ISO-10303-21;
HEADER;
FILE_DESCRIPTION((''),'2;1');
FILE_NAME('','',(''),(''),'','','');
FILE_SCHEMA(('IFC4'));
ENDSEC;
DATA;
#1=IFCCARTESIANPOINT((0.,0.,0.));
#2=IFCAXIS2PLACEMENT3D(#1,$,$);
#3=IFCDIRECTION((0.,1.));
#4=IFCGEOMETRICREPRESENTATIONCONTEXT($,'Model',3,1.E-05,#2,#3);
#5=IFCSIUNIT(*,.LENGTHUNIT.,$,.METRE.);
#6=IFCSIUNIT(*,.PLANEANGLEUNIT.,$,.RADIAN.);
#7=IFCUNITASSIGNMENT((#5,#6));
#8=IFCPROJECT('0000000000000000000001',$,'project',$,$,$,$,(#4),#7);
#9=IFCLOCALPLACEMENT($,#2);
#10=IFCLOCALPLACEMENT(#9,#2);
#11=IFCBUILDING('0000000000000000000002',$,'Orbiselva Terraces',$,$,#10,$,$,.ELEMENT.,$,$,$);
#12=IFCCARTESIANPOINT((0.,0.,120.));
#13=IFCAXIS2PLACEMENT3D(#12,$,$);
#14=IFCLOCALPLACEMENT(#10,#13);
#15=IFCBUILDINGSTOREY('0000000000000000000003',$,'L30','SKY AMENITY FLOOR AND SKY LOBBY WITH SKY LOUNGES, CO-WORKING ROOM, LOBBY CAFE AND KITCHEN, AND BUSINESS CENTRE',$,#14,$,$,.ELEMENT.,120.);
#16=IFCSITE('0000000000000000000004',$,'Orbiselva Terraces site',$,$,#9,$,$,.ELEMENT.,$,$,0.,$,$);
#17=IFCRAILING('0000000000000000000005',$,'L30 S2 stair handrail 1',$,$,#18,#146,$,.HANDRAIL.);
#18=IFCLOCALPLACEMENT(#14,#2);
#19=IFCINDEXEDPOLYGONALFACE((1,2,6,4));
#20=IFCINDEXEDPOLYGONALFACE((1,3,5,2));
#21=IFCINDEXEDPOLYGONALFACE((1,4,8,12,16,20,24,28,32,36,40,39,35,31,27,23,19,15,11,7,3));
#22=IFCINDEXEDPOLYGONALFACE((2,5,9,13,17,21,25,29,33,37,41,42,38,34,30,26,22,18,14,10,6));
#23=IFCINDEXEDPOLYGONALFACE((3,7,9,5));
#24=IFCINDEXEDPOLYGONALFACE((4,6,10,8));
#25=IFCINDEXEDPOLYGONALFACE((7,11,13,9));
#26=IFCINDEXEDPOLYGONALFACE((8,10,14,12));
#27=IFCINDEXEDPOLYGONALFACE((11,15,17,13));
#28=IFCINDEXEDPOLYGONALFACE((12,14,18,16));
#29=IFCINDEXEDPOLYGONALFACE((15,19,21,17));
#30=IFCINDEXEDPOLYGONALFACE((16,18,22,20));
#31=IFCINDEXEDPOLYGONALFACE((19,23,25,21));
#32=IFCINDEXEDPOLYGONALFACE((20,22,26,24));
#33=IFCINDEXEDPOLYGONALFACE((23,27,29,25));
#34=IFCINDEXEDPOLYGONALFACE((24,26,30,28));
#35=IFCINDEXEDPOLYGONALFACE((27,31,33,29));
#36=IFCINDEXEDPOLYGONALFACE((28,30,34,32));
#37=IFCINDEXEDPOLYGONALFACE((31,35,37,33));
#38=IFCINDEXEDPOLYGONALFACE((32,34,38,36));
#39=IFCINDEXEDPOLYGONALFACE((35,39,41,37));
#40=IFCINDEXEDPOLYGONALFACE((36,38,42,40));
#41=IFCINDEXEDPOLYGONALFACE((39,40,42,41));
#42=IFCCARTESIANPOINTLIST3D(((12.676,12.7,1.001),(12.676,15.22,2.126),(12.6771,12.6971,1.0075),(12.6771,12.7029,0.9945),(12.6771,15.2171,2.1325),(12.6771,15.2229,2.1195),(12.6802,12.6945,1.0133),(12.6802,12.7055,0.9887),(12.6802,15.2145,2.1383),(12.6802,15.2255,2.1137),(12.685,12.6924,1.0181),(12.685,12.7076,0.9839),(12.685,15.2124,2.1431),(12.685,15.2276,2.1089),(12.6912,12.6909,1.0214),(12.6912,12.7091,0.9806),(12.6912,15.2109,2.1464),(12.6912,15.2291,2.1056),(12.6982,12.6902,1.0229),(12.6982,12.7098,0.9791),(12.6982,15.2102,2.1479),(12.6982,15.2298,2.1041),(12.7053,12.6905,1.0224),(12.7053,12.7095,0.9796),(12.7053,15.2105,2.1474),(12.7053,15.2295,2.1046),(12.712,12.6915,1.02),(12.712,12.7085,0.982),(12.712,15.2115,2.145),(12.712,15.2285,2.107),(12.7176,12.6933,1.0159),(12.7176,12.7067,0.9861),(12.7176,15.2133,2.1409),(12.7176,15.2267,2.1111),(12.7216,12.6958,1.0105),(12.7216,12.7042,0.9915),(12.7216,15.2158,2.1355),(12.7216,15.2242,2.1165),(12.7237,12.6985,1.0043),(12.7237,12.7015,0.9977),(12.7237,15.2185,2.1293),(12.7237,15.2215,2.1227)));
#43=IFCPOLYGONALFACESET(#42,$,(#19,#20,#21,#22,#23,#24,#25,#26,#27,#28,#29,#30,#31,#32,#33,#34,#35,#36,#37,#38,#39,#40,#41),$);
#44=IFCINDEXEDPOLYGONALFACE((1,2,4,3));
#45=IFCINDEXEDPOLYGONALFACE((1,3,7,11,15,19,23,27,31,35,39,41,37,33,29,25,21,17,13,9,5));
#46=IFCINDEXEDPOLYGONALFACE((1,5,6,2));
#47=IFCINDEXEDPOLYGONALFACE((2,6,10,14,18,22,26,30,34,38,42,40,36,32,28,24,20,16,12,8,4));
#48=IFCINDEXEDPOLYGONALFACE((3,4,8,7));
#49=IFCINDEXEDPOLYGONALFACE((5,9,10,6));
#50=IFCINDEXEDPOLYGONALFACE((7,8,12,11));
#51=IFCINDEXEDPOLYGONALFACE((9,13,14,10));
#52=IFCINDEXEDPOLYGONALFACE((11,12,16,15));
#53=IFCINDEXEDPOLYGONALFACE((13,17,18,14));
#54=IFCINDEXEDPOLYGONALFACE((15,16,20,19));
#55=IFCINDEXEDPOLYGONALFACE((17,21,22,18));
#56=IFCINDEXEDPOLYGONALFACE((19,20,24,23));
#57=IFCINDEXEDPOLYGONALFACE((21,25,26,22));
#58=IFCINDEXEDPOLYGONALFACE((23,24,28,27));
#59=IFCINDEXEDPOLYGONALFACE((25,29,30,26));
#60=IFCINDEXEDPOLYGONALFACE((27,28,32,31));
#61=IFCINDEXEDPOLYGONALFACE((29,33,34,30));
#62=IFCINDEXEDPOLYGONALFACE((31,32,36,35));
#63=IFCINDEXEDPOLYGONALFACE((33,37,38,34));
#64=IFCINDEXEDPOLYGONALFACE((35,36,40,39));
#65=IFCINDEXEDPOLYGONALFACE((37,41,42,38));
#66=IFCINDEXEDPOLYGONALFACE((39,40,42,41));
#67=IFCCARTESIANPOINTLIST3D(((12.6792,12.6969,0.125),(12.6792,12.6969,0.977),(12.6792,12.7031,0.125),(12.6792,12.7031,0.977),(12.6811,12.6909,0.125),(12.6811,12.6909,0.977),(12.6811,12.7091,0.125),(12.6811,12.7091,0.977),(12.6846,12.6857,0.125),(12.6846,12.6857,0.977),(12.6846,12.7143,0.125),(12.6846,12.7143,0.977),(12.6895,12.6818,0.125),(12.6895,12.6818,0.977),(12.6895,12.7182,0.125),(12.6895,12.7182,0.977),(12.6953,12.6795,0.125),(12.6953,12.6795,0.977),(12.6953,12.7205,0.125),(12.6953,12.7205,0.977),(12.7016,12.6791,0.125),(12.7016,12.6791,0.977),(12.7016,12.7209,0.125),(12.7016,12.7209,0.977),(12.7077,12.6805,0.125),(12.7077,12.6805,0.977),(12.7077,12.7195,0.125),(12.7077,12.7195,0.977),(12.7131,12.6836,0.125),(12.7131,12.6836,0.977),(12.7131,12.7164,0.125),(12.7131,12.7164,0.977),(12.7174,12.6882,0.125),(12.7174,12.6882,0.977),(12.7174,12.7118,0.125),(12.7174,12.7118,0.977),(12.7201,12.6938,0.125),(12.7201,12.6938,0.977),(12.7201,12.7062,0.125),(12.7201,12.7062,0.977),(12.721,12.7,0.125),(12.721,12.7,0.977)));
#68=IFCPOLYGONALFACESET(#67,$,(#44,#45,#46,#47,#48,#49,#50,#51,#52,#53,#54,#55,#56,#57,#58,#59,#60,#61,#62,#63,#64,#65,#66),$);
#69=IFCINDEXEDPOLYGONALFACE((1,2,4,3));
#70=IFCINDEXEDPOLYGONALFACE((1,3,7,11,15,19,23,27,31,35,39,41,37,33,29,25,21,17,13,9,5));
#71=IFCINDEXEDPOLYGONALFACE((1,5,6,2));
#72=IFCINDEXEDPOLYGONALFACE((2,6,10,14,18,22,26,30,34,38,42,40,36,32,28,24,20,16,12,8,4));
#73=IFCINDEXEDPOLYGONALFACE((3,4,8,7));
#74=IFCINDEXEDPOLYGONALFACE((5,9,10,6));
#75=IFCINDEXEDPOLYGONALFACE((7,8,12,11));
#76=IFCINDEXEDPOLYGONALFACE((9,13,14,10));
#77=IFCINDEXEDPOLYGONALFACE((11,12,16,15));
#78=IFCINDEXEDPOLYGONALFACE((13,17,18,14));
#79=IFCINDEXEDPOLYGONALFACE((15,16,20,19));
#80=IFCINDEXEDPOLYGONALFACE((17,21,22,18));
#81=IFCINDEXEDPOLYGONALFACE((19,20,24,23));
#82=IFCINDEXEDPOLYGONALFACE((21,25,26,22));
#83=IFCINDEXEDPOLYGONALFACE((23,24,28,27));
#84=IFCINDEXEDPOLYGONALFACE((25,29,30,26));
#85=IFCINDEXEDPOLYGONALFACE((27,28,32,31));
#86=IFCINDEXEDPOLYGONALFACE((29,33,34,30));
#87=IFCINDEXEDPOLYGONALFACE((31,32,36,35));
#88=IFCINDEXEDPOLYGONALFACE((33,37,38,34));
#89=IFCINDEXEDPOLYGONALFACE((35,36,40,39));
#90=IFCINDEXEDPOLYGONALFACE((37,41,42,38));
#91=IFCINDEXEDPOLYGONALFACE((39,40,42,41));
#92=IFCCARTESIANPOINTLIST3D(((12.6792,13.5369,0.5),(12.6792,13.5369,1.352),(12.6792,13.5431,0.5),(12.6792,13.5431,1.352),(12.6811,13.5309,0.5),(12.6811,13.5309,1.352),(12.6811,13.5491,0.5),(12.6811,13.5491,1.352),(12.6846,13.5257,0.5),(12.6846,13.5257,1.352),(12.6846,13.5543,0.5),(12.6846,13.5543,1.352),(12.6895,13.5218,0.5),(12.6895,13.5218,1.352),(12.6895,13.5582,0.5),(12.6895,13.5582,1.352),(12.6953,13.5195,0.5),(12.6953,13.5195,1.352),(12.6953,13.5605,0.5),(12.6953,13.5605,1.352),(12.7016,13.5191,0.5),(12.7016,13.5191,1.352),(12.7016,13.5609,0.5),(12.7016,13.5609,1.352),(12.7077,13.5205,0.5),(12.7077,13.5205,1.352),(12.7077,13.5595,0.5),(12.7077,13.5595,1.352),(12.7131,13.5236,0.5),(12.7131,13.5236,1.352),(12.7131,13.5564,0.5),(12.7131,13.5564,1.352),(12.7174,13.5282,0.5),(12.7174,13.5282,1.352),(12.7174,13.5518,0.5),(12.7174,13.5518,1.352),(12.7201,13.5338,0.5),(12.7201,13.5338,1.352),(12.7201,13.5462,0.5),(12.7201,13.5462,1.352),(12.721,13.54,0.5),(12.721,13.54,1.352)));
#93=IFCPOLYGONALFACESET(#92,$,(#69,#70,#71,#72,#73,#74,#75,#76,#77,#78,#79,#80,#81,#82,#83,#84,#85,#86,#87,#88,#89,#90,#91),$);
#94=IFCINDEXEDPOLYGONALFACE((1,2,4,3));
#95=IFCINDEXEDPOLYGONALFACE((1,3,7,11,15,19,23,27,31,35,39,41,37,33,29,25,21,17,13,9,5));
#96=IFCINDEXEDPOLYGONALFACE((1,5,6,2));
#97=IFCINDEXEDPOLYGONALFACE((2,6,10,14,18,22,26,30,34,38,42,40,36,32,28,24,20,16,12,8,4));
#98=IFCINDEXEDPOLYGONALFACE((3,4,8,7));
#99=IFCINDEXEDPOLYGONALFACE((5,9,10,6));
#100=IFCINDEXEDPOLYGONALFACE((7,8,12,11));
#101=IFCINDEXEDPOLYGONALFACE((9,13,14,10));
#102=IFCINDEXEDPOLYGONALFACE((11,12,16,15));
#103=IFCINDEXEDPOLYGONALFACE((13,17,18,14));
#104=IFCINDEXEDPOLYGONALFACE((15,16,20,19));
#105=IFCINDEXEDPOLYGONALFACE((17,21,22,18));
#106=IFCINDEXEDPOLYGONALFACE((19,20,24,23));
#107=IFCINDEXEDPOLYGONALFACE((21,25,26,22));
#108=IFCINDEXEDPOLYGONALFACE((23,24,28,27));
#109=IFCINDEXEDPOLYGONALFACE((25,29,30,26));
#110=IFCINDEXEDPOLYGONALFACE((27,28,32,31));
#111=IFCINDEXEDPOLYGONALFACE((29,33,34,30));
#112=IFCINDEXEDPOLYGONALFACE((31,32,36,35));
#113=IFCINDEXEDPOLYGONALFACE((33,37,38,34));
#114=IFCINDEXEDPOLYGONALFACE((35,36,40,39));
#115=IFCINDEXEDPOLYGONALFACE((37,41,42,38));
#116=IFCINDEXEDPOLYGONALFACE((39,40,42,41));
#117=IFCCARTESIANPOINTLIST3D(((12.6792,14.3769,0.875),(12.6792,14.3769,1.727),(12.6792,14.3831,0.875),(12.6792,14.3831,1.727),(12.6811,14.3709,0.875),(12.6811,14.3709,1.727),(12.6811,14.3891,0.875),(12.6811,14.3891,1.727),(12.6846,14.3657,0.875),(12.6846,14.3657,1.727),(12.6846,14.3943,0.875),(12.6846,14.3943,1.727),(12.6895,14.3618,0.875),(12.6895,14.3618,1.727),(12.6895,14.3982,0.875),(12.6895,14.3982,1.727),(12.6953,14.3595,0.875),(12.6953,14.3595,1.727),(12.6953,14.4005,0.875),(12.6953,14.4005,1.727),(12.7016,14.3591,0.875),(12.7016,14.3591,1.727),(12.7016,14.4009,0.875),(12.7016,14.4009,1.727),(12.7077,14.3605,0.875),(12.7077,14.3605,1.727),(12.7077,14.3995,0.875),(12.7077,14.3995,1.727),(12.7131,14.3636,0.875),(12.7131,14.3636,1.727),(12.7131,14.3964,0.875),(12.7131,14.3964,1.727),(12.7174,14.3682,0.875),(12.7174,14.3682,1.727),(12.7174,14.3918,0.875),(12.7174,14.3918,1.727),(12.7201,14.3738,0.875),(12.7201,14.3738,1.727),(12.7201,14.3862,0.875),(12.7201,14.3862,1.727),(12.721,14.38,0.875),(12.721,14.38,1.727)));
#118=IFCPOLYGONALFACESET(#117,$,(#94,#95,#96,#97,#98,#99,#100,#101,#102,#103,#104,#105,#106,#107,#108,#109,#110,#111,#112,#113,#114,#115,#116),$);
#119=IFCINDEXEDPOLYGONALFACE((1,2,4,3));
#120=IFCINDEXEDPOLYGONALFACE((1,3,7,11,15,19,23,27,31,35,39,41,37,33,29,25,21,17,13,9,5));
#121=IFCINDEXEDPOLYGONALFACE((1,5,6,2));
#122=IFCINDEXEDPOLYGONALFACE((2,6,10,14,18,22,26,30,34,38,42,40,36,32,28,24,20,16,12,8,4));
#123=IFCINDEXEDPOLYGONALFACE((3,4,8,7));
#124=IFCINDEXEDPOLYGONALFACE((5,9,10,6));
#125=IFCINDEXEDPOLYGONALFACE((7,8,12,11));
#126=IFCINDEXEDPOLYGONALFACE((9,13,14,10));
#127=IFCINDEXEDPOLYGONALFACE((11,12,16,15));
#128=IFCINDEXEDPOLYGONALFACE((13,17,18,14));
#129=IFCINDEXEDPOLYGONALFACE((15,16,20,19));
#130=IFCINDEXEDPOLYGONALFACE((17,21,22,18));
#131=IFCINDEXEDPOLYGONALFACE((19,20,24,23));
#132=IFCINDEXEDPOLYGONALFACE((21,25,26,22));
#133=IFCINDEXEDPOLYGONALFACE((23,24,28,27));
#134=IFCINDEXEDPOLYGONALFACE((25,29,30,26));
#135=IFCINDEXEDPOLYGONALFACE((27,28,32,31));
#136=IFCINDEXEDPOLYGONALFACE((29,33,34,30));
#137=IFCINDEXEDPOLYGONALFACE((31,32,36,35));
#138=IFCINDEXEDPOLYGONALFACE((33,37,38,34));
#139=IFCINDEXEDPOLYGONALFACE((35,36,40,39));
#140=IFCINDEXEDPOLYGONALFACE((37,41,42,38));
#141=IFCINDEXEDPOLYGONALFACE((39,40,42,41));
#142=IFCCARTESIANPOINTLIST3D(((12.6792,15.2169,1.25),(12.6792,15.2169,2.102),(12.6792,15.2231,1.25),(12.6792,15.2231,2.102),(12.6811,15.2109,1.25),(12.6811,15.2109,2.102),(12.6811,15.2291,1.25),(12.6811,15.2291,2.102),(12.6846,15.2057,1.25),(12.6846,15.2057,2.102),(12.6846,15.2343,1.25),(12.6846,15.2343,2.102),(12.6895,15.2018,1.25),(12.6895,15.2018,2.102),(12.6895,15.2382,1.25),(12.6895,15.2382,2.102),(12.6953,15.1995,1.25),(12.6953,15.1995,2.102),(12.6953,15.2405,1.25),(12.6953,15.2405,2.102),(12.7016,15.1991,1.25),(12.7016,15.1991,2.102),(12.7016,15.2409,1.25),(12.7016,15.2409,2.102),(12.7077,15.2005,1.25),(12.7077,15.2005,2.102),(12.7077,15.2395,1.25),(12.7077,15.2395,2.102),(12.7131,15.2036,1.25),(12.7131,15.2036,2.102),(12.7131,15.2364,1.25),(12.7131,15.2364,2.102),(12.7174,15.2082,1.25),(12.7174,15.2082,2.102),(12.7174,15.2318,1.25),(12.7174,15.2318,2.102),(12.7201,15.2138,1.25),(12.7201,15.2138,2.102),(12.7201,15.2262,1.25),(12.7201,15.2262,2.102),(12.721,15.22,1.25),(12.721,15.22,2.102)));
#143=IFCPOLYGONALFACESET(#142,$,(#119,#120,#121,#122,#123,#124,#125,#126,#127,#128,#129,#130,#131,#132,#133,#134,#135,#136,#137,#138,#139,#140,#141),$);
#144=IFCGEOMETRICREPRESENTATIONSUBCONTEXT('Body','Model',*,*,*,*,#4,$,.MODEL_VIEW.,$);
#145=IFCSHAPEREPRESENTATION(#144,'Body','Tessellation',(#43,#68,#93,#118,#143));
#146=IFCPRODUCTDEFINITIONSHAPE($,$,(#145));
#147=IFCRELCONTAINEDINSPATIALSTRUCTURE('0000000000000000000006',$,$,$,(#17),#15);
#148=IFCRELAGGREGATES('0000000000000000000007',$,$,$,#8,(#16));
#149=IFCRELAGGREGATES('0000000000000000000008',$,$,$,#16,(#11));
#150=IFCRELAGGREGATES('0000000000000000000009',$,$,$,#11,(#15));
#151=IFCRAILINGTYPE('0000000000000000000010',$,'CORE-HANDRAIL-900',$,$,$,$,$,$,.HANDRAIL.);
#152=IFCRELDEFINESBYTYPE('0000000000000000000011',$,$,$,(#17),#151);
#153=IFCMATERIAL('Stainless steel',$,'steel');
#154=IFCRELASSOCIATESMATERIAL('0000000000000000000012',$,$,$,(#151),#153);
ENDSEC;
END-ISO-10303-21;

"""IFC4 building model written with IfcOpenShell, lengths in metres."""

from ifc_helpers import new_model, si_unit, direction, frame, origin, origin_2d, place, context, subcontext, project, spatial, circle, extrude, material, type_object, element, save


model = new_model("IFC4")

# Units and contexts
model_context = context("Model", 3, precision=1e-05, world=origin(), true_north=direction((0.0, 1.0)))
body_context = subcontext(model_context, "Body", "Model", "MODEL_VIEW")
ifc_project = project(units=[si_unit("LENGTHUNIT", "METRE"), si_unit("PLANEANGLEUNIT", "RADIAN")], contexts=[model_context])

# Site, building, storey
site_placement = place(None, origin())
site = spatial("IfcSite", under=ifc_project, at=site_placement, Name="Orbiselva Terraces site", CompositionType="ELEMENT", RefElevation=0.0)
building_placement = place(site_placement, origin())
building = spatial("IfcBuilding", under=site, at=building_placement, Name="Orbiselva Terraces", CompositionType="ELEMENT")
storey_placement = place(building_placement, frame((0.0, 0.0, 120.0)))
storey = spatial("IfcBuildingStorey", under=building, at=storey_placement, Name="L30", Description="SKY AMENITY FLOOR AND SKY LOBBY WITH SKY LOUNGES, CO-WORKING ROOM, LOBBY CAFE AND KITCHEN, AND BUSINESS CENTRE", CompositionType="ELEMENT", Elevation=120.0)

# Railing
ifc_material_1 = material(Name="Stainless steel", Category="steel")
railing_type = type_object("IfcRailingType", Name="CORE-HANDRAIL-900", PredefinedType="HANDRAIL", material=ifc_material_1)
railing_placement = place(storey_placement, frame((12.7, 12.7, 0.125)))
element("IfcRailing", 1, at=railing_placement, inside=storey, type_object=railing_type, Name="L30 S2 stair handrail 1", PredefinedType="HANDRAIL", context=body_context, shape_type="SweptSolid", body=[
    extrude(circle(Radius=0.024, at=origin_2d()), frame((0.0, 0.0, 0.876), z_axis=(0.0, 0.913138, 0.407651), x_axis=(-1.0, 0.0, 0.0)), (0.0, 0.0, 1.0), 2.7597),
    extrude(circle(Radius=0.021, at=origin_2d()), origin(), (0.0, 0.0, 1.0), 0.852),
    extrude(circle(Radius=0.021, at=origin_2d()), frame((0.0, 0.84, 0.375)), (0.0, 0.0, 1.0), 0.852),
    extrude(circle(Radius=0.021, at=origin_2d()), frame((0.0, 1.68, 0.75)), (0.0, 0.0, 1.0), 0.852),
    extrude(circle(Radius=0.021, at=origin_2d()), frame((0.0, 2.52, 1.125)), (0.0, 0.0, 1.0), 0.852),
])

save(model, "model.ifc")
